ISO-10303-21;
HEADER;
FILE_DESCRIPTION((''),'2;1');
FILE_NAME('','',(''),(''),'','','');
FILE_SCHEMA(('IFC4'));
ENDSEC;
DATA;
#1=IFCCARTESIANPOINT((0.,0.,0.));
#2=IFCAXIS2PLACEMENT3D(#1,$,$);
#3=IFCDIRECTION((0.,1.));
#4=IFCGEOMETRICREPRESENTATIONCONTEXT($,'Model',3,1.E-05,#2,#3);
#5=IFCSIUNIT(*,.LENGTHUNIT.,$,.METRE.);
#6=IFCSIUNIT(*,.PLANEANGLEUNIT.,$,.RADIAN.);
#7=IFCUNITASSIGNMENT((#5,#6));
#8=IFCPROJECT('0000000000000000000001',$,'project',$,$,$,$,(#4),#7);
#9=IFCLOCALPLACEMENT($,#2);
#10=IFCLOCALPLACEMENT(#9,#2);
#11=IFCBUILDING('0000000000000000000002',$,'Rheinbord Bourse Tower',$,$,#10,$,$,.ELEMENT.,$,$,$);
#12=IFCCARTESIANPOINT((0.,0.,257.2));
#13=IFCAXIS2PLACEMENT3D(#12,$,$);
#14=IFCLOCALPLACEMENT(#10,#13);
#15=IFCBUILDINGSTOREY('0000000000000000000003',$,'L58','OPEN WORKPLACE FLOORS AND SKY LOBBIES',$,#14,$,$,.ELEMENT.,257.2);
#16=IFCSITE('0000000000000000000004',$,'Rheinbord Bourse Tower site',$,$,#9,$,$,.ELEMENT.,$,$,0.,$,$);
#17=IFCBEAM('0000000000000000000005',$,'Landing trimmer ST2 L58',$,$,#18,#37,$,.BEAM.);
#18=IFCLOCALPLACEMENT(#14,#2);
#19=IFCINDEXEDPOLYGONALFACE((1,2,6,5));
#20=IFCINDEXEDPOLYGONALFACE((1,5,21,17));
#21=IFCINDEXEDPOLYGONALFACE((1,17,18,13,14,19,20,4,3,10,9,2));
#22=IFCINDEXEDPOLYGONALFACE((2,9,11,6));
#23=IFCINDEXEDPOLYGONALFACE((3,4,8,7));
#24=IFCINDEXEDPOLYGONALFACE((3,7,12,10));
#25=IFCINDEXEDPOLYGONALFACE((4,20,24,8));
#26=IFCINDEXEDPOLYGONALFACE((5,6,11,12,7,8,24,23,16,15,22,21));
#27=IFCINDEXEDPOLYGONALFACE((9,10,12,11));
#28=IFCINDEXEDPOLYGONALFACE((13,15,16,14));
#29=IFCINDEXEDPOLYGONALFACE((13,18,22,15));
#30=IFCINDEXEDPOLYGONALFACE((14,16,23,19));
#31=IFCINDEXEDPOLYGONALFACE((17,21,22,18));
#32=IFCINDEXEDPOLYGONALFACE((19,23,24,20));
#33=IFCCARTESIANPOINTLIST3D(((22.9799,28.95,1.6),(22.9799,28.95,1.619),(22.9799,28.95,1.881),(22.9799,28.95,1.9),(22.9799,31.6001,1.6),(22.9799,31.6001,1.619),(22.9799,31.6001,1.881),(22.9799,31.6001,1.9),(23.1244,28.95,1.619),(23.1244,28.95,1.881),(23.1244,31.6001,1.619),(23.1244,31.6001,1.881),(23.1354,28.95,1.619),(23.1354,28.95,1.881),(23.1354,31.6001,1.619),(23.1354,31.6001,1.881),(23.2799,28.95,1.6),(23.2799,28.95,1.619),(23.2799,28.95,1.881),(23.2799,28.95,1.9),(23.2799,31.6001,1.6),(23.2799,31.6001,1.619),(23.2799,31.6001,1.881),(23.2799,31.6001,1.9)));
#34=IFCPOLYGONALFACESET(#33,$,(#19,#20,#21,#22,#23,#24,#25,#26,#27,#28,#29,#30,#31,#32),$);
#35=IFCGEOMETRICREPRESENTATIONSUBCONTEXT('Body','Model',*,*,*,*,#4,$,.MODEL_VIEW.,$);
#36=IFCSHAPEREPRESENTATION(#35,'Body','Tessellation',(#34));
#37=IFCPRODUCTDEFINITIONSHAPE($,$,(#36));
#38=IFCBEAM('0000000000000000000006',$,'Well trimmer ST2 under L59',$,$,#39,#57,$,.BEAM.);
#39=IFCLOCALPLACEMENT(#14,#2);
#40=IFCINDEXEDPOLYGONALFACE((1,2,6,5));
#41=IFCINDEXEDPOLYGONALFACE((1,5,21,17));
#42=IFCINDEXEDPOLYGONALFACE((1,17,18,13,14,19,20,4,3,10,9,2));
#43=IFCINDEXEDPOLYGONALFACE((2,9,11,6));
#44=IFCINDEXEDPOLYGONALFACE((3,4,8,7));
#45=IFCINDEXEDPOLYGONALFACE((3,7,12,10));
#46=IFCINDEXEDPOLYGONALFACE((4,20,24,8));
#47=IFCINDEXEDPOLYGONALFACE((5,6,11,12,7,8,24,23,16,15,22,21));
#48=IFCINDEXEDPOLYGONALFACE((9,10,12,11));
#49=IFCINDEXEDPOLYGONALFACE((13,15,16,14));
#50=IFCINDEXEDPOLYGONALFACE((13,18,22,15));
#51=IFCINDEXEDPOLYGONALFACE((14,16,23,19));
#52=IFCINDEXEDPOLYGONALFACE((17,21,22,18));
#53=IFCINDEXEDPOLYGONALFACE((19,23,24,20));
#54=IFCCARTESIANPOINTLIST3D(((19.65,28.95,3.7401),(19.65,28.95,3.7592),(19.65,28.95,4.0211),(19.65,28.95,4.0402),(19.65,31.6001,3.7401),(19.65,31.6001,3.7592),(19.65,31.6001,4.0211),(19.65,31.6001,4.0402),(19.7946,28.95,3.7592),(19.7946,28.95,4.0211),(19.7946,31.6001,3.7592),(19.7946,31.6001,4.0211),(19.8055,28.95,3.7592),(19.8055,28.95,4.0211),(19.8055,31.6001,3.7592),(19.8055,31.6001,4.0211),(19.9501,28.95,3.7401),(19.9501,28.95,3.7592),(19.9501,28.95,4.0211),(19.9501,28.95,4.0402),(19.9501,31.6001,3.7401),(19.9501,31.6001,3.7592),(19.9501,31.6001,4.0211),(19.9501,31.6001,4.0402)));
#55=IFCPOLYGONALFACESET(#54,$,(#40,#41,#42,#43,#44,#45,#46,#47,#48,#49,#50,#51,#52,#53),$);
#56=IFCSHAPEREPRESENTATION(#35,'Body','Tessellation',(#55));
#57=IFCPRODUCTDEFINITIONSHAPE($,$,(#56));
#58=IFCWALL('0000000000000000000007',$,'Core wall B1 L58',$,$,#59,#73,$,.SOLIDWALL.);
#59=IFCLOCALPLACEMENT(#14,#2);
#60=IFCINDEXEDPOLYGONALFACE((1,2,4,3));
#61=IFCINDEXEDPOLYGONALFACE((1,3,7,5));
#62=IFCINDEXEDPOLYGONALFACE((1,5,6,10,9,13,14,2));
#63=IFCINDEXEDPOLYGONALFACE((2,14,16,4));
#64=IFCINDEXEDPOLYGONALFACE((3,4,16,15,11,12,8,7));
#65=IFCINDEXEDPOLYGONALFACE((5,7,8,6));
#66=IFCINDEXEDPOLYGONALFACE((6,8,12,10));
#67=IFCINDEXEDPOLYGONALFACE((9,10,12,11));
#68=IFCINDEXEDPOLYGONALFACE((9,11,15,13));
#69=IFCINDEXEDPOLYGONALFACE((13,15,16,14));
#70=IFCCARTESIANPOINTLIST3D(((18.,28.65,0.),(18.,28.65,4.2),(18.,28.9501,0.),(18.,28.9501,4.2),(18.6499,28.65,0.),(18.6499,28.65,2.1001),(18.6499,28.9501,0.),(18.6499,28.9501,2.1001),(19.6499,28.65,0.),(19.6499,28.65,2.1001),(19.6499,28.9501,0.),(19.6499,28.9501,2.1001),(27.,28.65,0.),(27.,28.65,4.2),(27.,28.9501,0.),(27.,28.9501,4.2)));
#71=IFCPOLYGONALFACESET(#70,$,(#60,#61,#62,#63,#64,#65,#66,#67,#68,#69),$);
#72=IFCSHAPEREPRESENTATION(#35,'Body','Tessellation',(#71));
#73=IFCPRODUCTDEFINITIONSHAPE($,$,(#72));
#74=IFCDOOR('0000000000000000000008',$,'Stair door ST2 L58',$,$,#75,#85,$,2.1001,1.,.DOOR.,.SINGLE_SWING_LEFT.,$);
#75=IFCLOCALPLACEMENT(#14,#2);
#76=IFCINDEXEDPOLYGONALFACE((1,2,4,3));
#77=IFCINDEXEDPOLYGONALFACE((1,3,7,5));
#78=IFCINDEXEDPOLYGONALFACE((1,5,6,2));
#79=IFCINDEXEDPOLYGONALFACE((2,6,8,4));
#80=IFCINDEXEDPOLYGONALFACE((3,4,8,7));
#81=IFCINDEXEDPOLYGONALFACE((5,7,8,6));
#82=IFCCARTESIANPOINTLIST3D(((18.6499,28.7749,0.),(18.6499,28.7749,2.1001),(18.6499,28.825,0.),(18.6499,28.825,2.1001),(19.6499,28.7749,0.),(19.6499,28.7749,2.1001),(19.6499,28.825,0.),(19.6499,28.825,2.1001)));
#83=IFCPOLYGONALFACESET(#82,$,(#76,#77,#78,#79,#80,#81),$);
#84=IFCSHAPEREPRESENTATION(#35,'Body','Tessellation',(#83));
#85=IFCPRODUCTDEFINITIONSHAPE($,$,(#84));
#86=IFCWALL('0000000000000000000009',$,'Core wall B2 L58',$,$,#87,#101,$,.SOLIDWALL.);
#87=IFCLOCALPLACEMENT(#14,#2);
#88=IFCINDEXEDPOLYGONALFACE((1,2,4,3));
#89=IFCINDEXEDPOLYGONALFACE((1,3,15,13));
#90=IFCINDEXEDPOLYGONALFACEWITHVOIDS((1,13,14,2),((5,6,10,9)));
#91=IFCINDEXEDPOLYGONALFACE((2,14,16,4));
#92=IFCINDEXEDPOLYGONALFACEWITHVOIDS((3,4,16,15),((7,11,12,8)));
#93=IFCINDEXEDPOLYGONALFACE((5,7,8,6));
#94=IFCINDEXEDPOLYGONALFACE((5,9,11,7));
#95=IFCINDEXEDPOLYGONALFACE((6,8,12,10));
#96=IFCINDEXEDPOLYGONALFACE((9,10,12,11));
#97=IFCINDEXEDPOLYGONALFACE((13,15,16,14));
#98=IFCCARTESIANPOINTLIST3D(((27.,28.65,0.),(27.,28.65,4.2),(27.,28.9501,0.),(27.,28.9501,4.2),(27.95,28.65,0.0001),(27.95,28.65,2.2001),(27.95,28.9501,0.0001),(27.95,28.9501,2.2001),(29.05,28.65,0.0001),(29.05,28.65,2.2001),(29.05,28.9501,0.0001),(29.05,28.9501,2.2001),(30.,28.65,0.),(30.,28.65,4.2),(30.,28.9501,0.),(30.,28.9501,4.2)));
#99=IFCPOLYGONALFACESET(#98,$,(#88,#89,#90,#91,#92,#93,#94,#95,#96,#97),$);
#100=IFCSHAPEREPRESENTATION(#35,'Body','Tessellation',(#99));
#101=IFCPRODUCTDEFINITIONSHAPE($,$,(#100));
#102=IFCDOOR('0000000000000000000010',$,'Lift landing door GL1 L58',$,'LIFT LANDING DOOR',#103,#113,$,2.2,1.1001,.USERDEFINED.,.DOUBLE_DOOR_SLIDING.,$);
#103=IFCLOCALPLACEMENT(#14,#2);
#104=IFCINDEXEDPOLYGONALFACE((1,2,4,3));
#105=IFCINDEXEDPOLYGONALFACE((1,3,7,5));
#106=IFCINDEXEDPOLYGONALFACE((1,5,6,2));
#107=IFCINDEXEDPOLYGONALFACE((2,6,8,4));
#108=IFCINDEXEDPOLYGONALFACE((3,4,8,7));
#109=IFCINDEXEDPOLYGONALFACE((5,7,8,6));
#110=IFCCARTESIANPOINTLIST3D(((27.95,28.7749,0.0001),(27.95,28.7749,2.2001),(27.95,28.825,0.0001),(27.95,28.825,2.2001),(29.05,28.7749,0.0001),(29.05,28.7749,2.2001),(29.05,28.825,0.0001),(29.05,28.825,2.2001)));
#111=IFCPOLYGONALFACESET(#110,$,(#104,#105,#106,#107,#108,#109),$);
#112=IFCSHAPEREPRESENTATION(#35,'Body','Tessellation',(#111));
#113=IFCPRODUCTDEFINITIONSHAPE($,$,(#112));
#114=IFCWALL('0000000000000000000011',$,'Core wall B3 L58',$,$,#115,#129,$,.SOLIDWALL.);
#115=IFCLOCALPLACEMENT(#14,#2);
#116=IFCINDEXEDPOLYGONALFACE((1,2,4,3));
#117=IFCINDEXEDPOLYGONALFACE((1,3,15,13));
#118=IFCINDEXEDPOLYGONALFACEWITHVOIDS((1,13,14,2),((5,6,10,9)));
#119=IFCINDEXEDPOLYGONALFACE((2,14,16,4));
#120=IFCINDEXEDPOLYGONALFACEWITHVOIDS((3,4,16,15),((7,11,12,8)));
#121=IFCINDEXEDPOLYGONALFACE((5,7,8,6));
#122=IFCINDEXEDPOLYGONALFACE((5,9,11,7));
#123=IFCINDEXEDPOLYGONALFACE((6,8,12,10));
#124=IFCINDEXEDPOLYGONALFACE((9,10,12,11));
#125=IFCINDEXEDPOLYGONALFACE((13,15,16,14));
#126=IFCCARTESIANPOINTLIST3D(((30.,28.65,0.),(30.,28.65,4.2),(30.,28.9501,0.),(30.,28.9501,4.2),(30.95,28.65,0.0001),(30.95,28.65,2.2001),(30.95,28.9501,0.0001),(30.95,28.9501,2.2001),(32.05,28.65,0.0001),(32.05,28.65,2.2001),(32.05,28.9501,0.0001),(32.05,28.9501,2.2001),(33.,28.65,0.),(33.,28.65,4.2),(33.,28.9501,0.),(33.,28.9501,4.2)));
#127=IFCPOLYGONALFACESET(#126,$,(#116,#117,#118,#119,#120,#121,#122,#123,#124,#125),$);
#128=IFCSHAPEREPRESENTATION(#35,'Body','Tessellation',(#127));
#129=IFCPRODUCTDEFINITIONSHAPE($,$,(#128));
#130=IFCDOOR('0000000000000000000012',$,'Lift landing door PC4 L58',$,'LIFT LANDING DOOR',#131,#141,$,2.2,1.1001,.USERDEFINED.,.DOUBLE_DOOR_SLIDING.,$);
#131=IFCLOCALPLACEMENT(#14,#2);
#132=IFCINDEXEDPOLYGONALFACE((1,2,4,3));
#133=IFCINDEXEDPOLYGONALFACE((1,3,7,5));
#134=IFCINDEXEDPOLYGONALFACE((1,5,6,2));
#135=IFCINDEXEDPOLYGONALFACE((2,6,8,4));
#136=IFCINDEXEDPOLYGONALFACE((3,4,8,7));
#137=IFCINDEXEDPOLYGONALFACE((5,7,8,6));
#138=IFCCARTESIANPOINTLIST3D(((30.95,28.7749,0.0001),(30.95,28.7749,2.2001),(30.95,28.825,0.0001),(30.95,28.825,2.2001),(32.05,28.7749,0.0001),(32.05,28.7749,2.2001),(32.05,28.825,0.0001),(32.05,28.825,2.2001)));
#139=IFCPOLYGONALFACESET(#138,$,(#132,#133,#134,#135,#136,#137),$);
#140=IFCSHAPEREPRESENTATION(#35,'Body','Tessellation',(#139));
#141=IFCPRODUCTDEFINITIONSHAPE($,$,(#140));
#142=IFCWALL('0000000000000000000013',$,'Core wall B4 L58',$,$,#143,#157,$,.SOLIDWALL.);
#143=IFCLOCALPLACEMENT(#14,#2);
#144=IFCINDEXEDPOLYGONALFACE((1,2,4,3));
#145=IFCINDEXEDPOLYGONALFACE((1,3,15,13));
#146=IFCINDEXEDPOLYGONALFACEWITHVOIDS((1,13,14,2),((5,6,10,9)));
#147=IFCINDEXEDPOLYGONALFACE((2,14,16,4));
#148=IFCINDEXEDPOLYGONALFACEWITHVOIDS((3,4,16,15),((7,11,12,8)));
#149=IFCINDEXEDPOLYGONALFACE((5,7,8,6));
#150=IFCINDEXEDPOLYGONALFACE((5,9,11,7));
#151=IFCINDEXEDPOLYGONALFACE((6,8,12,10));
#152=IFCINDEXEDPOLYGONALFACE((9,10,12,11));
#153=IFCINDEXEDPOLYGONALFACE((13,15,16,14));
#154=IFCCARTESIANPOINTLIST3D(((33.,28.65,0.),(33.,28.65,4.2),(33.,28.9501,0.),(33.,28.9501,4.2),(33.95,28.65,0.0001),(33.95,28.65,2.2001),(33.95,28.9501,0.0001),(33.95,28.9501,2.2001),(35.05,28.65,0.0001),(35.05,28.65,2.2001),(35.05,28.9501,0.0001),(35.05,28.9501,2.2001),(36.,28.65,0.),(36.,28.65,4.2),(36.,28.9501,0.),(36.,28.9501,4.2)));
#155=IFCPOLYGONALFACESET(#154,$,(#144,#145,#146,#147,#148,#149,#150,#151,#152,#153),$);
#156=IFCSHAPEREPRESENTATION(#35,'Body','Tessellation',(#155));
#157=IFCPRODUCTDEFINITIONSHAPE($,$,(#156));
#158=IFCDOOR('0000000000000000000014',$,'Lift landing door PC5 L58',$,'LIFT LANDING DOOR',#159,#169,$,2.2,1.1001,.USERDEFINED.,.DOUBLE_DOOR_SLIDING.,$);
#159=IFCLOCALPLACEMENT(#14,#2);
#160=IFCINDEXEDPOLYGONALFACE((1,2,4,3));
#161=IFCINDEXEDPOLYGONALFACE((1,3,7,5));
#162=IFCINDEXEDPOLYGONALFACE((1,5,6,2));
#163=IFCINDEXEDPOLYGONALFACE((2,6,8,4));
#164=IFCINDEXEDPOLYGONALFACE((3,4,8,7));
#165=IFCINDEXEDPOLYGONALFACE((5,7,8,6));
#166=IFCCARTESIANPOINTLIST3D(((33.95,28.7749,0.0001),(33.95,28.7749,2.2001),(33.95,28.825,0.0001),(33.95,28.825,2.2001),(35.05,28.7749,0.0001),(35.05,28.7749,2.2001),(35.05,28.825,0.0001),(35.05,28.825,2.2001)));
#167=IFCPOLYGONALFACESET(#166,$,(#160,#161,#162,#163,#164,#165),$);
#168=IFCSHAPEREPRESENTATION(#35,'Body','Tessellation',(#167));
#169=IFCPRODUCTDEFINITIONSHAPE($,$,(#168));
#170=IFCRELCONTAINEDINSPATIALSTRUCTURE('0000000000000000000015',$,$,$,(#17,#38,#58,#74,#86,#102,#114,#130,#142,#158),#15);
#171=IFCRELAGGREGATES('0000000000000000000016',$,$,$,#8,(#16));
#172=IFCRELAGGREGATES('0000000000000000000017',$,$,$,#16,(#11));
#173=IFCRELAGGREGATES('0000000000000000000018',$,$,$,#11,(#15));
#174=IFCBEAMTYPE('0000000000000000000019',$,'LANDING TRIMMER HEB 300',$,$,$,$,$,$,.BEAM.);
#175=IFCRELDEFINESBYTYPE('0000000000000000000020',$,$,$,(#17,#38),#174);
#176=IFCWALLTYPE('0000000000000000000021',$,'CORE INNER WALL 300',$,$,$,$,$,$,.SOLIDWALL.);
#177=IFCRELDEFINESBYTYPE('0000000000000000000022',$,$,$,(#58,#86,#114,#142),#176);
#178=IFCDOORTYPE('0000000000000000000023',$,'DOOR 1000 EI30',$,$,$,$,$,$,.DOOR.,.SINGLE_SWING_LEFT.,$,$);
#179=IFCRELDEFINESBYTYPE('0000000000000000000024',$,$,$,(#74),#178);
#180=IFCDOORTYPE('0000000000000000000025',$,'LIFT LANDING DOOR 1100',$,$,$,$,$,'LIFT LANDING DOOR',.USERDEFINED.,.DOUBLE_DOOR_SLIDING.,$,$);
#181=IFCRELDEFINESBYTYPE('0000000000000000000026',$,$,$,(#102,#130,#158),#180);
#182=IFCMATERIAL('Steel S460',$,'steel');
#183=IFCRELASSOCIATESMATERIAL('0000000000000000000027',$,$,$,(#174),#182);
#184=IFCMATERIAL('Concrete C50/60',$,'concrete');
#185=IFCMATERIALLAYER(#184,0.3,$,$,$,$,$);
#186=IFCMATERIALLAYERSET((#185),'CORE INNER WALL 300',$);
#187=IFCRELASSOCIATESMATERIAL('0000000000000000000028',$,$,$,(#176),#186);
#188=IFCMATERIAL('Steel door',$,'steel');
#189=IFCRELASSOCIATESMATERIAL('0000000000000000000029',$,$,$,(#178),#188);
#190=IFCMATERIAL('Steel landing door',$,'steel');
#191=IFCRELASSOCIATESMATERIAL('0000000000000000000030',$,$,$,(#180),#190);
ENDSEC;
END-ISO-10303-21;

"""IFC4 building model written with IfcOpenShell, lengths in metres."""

from ifc_helpers import new_model, si_unit, direction, frame, frame_2d, origin, origin_2d, place, context, subcontext, project, spatial, rectangle, i_section, extrude, material, layer, layer_set, material_profile, profile_set, type_object, element, fill, save


model = new_model("IFC4")

# Units and contexts
model_context = context("Model", 3, precision=1e-05, world=origin(), true_north=direction((0.0, 1.0)))
body_context = subcontext(model_context, "Body", "Model", "MODEL_VIEW")
ifc_project = project(units=[si_unit("LENGTHUNIT", "METRE"), si_unit("PLANEANGLEUNIT", "RADIAN")], contexts=[model_context])

# Site, building, storey
site_placement = place(None, origin())
site = spatial("IfcSite", under=ifc_project, at=site_placement, Name="Rheinbord Bourse Tower site", CompositionType="ELEMENT", RefElevation=0.0)
building_placement = place(site_placement, origin())
building = spatial("IfcBuilding", under=site, at=building_placement, Name="Rheinbord Bourse Tower", CompositionType="ELEMENT")
storey_placement = place(building_placement, frame((0.0, 0.0, 257.2)))
storey = spatial("IfcBuildingStorey", under=building, at=storey_placement, Name="L58", Description="OPEN WORKPLACE FLOORS AND SKY LOBBIES", CompositionType="ELEMENT", Elevation=257.2)

# Beams
ifc_material_1 = material(Name="Steel S460", Category="steel")
ifc_material_profile = material_profile(ifc_material_1, i_section(OverallWidth=0.3, OverallDepth=0.3, WebThickness=0.011, FlangeThickness=0.019, at=origin_2d()), Name="HEB 300")
ifc_profile_set = profile_set([ifc_material_profile], Name="Steel S460")
beam_type = type_object("IfcBeamType", Name="LANDING TRIMMER HEB 300", PredefinedType="BEAM", material=ifc_profile_set)
for number, where, z_axis, x_axis, name in (
    (1, (23.1299, 28.95, 1.75), (0.0, 1.0, 0.0), (-1.0, 0.0, 0.0), "Landing trimmer ST2 L58"),
    (2, (19.8, 28.95, 3.8901), (0.0, 1.0, 0.0), (-1.0, 0.0, 0.0), "Well trimmer ST2 under L59"),
):
    element("IfcBeam", number, at=place(storey_placement, frame(where, z_axis=z_axis, x_axis=x_axis)), inside=storey, type_object=beam_type, Name=name, PredefinedType="BEAM", context=body_context, shape_type="SweptSolid", body=[
        extrude(i_section(OverallWidth=0.3, OverallDepth=0.3, WebThickness=0.011, FlangeThickness=0.019, at=origin_2d()), origin(), (0.0, 0.0, 1.0), 2.6501),
    ])

# Walls, openings, doors
ifc_material_2 = material(Name="Concrete C50/60", Category="concrete")
ifc_layer_1 = layer(ifc_material_2, 0.3)
ifc_layer_set_1 = layer_set([ifc_layer_1], Name="CORE INNER WALL 300")
wall_type_1 = type_object("IfcWallType", Name="CORE INNER WALL 300", PredefinedType="SOLIDWALL", material=ifc_layer_set_1)
wall_1_placement = place(storey_placement, frame((18.0, 28.8, 0.0), z_axis=(0.0, 0.0, 1.0), x_axis=(1.0, 0.0, 0.0)))
wall_1 = element("IfcWall", 3, at=wall_1_placement, inside=storey, type_object=wall_type_1, Name="Core wall B1 L58", PredefinedType="SOLIDWALL", context=body_context, shape_type="SweptSolid", body=[
    extrude(rectangle(XDim=9.0, YDim=0.3, at=frame_2d((4.5, 0.0))), origin(), (0.0, 0.0, 1.0), 4.2),
])
opening_1_placement = place(wall_1_placement, frame((0.6499, 0.0, 0.0)))
opening_1 = element("IfcOpeningElement", 4, at=opening_1_placement, cuts=wall_1, PredefinedType="OPENING", context=body_context, shape_type="SweptSolid", body=[
    extrude(rectangle(XDim=1.0, YDim=2.1001, at=frame_2d((0.5, 1.05))), frame((0.0, 0.1599, 0.0), z_axis=(0.0, -1.0, 0.0), x_axis=(1.0, 0.0, 0.0)), (0.0, 0.0, 1.0), 0.3201),
])
ifc_material_3 = material(Name="Steel door", Category="steel")
door_type_1 = type_object("IfcDoorType", Name="DOOR 1000 EI30", OperationType="SINGLE_SWING_LEFT", PredefinedType="DOOR", material=ifc_material_3)
door_1_placement = place(opening_1_placement, origin())
door_1 = element("IfcDoor", 5, at=door_1_placement, inside=storey, type_object=door_type_1, Name="Stair door ST2 L58", OperationType="SINGLE_SWING_LEFT", OverallHeight=2.1001, OverallWidth=1.0, PredefinedType="DOOR", context=body_context, shape_type="SweptSolid", body=[
    extrude(rectangle(XDim=1.0, YDim=2.1001, at=frame_2d((0.5, 1.05))), frame((0.0, 0.0249, 0.0), z_axis=(0.0, -1.0, 0.0), x_axis=(1.0, 0.0, 0.0)), (0.0, 0.0, 1.0), 0.05),
])
fill(opening_1, door_1)
wall_2_placement = place(storey_placement, frame((27.0, 28.8, 0.0), z_axis=(0.0, 0.0, 1.0), x_axis=(1.0, 0.0, 0.0)))
wall_2 = element("IfcWall", 6, at=wall_2_placement, inside=storey, type_object=wall_type_1, Name="Core wall B2 L58", PredefinedType="SOLIDWALL", context=body_context, shape_type="SweptSolid", body=[
    extrude(rectangle(XDim=3.0, YDim=0.3, at=frame_2d((1.5, 0.0))), origin(), (0.0, 0.0, 1.0), 4.2),
])
opening_2_placement = place(wall_2_placement, frame((0.95, 0.0, 0.0)))
opening_2 = element("IfcOpeningElement", 7, at=opening_2_placement, cuts=wall_2, PredefinedType="OPENING", context=body_context, shape_type="SweptSolid", body=[
    extrude(rectangle(XDim=1.1001, YDim=2.2, at=frame_2d((0.55, 1.1001))), frame((0.0, 0.1599, 0.0), z_axis=(0.0, -1.0, 0.0), x_axis=(1.0, 0.0, 0.0)), (0.0, 0.0, 1.0), 0.3201),
])
ifc_material_4 = material(Name="Steel landing door", Category="steel")
door_type_2 = type_object("IfcDoorType", Name="LIFT LANDING DOOR 1100", ElementType="LIFT LANDING DOOR", OperationType="DOUBLE_DOOR_SLIDING", PredefinedType="USERDEFINED", material=ifc_material_4)
door_2_placement = place(opening_2_placement, origin())
door_2 = element("IfcDoor", 8, at=door_2_placement, inside=storey, type_object=door_type_2, Name="Lift landing door GL1 L58", ObjectType="LIFT LANDING DOOR", OperationType="DOUBLE_DOOR_SLIDING", OverallHeight=2.2, OverallWidth=1.1001, PredefinedType="USERDEFINED", context=body_context, shape_type="SweptSolid", body=[
    extrude(rectangle(XDim=1.1001, YDim=2.2, at=frame_2d((0.55, 1.1001))), frame((0.0, 0.0249, 0.0), z_axis=(0.0, -1.0, 0.0), x_axis=(1.0, 0.0, 0.0)), (0.0, 0.0, 1.0), 0.05),
])
fill(opening_2, door_2)
wall_3_placement = place(storey_placement, frame((30.0, 28.8, 0.0), z_axis=(0.0, 0.0, 1.0), x_axis=(1.0, 0.0, 0.0)))
wall_3 = element("IfcWall", 9, at=wall_3_placement, inside=storey, type_object=wall_type_1, Name="Core wall B3 L58", PredefinedType="SOLIDWALL", context=body_context, shape_type="SweptSolid", body=[
    extrude(rectangle(XDim=3.0, YDim=0.3, at=frame_2d((1.5, 0.0))), origin(), (0.0, 0.0, 1.0), 4.2),
])
opening_3_placement = place(wall_3_placement, frame((0.95, 0.0, 0.0)))
opening_3 = element("IfcOpeningElement", 10, at=opening_3_placement, cuts=wall_3, PredefinedType="OPENING", context=body_context, shape_type="SweptSolid", body=[
    extrude(rectangle(XDim=1.1001, YDim=2.2, at=frame_2d((0.55, 1.1001))), frame((0.0, 0.1599, 0.0), z_axis=(0.0, -1.0, 0.0), x_axis=(1.0, 0.0, 0.0)), (0.0, 0.0, 1.0), 0.3201),
])
door_3_placement = place(opening_3_placement, origin())
door_3 = element("IfcDoor", 11, at=door_3_placement, inside=storey, type_object=door_type_2, Name="Lift landing door PC4 L58", ObjectType="LIFT LANDING DOOR", OperationType="DOUBLE_DOOR_SLIDING", OverallHeight=2.2, OverallWidth=1.1001, PredefinedType="USERDEFINED", context=body_context, shape_type="SweptSolid", body=[
    extrude(rectangle(XDim=1.1001, YDim=2.2, at=frame_2d((0.55, 1.1001))), frame((0.0, 0.0249, 0.0), z_axis=(0.0, -1.0, 0.0), x_axis=(1.0, 0.0, 0.0)), (0.0, 0.0, 1.0), 0.05),
])
fill(opening_3, door_3)
wall_4_placement = place(storey_placement, frame((33.0, 28.8, 0.0), z_axis=(0.0, 0.0, 1.0), x_axis=(1.0, 0.0, 0.0)))
wall_4 = element("IfcWall", 12, at=wall_4_placement, inside=storey, type_object=wall_type_1, Name="Core wall B4 L58", PredefinedType="SOLIDWALL", context=body_context, shape_type="SweptSolid", body=[
    extrude(rectangle(XDim=3.0, YDim=0.3, at=frame_2d((1.5, 0.0))), origin(), (0.0, 0.0, 1.0), 4.2),
])
opening_4_placement = place(wall_4_placement, frame((0.95, 0.0, 0.0)))
opening_4 = element("IfcOpeningElement", 13, at=opening_4_placement, cuts=wall_4, PredefinedType="OPENING", context=body_context, shape_type="SweptSolid", body=[
    extrude(rectangle(XDim=1.1001, YDim=2.2, at=frame_2d((0.55, 1.1001))), frame((0.0, 0.1599, 0.0), z_axis=(0.0, -1.0, 0.0), x_axis=(1.0, 0.0, 0.0)), (0.0, 0.0, 1.0), 0.3201),
])
door_4_placement = place(opening_4_placement, origin())
door_4 = element("IfcDoor", 14, at=door_4_placement, inside=storey, type_object=door_type_2, Name="Lift landing door PC5 L58", ObjectType="LIFT LANDING DOOR", OperationType="DOUBLE_DOOR_SLIDING", OverallHeight=2.2, OverallWidth=1.1001, PredefinedType="USERDEFINED", context=body_context, shape_type="SweptSolid", body=[
    extrude(rectangle(XDim=1.1001, YDim=2.2, at=frame_2d((0.55, 1.1001))), frame((0.0, 0.0249, 0.0), z_axis=(0.0, -1.0, 0.0), x_axis=(1.0, 0.0, 0.0)), (0.0, 0.0, 1.0), 0.05),
])
fill(opening_4, door_4)

save(model, "model.ifc")
